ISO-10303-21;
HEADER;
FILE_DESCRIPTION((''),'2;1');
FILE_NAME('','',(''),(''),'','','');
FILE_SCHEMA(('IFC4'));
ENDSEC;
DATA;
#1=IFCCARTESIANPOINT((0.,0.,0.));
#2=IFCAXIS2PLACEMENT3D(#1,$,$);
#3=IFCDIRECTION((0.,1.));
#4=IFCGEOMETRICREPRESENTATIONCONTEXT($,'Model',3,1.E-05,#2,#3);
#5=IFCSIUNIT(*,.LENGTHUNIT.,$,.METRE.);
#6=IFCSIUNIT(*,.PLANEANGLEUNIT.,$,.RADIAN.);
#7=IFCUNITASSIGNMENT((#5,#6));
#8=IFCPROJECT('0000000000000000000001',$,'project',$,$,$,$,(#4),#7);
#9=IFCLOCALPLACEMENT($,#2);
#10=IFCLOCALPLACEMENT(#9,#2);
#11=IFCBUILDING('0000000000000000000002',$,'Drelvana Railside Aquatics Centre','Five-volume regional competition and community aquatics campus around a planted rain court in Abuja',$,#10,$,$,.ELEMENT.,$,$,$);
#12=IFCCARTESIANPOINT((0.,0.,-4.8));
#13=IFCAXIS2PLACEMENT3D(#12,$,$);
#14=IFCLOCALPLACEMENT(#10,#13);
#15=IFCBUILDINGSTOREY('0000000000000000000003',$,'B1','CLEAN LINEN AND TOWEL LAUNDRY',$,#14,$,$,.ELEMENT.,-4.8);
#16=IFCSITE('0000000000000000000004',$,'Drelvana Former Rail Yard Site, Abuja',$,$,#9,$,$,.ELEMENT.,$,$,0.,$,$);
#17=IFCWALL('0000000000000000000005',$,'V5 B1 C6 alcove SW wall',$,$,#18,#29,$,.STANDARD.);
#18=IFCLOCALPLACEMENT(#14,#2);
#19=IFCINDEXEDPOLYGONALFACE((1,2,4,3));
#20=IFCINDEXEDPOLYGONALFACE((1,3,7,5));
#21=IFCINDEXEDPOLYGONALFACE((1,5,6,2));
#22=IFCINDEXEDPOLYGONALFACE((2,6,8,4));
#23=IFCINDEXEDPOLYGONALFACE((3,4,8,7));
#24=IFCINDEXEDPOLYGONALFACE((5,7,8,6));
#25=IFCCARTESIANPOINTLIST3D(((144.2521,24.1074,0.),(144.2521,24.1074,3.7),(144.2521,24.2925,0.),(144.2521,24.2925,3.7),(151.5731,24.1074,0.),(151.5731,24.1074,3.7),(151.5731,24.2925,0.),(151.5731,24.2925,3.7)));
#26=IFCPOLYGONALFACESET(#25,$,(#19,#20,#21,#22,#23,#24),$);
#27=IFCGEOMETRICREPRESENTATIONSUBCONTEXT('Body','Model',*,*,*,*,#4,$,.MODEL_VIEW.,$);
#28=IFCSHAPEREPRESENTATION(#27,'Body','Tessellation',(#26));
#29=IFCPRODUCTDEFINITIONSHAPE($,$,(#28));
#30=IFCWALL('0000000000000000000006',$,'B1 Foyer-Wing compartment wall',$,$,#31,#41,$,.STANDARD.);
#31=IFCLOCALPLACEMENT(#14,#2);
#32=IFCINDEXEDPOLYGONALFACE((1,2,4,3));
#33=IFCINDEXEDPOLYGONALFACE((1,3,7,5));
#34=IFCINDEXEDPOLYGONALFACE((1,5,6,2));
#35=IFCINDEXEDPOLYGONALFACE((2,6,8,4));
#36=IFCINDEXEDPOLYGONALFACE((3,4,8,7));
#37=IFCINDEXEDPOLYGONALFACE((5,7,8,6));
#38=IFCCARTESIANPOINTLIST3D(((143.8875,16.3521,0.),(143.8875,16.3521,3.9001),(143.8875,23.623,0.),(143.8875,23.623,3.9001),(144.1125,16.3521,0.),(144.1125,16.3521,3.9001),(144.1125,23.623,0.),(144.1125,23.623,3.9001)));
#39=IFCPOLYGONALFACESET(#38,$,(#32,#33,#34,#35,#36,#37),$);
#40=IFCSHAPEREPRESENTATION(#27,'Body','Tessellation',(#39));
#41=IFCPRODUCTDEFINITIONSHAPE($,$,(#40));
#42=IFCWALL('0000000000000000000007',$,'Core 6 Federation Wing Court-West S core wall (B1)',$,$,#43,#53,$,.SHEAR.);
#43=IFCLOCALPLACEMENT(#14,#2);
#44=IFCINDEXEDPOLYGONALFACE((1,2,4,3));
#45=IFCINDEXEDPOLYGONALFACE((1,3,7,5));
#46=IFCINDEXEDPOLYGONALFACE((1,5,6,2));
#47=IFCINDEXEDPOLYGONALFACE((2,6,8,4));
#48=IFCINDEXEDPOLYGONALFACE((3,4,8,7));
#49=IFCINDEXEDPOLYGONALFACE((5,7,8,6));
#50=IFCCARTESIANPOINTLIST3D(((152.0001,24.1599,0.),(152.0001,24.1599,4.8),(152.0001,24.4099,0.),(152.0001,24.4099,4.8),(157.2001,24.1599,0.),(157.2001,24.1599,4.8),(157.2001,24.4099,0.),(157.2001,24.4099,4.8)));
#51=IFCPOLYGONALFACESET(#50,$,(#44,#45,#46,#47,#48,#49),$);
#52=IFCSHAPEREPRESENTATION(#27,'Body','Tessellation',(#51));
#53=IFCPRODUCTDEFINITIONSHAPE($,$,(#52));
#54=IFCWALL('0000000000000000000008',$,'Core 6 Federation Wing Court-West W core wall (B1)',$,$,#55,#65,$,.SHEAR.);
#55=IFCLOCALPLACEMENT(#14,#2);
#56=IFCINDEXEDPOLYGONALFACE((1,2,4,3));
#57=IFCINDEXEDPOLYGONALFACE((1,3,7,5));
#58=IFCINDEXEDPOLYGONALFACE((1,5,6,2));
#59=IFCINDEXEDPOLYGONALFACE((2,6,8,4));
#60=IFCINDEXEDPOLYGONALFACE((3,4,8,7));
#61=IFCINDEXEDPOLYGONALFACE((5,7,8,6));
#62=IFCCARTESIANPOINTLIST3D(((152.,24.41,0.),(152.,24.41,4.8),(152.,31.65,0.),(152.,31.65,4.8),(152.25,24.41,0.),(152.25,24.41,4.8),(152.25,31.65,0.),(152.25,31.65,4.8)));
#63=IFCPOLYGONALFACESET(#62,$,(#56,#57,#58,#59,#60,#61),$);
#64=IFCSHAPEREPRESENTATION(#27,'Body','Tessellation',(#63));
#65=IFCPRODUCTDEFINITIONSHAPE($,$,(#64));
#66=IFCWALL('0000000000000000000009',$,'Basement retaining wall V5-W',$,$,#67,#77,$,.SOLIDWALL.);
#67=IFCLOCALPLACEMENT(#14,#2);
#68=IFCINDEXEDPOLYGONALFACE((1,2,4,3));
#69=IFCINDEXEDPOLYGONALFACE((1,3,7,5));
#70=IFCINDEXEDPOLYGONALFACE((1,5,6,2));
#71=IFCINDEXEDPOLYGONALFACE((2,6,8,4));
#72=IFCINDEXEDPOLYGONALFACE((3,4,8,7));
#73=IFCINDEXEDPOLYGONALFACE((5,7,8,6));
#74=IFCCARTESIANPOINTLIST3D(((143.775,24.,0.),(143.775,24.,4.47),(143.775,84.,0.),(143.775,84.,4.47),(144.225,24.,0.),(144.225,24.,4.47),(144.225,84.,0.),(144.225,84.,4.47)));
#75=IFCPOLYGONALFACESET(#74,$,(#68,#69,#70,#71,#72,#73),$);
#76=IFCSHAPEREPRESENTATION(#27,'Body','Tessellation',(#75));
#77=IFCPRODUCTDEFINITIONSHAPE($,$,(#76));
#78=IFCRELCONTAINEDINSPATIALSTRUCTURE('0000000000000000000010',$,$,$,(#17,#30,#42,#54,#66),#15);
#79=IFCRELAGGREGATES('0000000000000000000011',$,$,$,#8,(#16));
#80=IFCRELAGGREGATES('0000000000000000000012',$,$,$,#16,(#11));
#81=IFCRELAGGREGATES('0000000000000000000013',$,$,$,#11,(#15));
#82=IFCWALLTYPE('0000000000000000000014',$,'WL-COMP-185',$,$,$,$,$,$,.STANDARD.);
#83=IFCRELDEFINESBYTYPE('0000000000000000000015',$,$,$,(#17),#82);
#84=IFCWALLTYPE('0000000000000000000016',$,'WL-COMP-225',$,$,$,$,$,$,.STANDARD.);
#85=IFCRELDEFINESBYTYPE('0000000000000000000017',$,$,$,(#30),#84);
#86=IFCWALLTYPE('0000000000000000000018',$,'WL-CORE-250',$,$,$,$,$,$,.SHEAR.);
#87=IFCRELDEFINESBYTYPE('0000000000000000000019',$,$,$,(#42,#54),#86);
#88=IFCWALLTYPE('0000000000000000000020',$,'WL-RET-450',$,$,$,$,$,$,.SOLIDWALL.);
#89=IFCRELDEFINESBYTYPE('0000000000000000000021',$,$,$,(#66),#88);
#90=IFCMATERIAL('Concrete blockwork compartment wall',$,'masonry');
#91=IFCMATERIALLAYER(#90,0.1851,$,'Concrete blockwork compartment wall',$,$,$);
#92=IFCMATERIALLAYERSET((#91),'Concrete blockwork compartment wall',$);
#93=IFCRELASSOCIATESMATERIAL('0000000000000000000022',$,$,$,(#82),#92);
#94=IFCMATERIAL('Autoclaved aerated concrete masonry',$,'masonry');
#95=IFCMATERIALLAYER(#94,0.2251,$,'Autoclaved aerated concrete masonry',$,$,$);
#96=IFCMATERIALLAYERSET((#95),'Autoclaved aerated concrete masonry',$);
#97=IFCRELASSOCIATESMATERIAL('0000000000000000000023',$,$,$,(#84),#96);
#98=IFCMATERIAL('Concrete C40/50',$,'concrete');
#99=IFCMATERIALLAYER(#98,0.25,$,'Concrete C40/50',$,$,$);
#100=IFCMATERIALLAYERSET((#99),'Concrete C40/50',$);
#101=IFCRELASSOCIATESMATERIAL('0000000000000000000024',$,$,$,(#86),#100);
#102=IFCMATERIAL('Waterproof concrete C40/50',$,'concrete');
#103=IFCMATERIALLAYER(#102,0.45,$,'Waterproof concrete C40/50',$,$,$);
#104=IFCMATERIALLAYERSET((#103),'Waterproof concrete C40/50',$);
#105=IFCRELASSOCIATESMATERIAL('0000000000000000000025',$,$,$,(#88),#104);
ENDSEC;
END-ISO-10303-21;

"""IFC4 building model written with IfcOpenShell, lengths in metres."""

from ifc_helpers import new_model, si_unit, direction, frame, frame_2d, origin, place, context, subcontext, project, spatial, rectangle, extrude, material, layer, layer_set, type_object, element, save


model = new_model("IFC4")

# Units and contexts
model_context = context("Model", 3, precision=1e-05, world=origin(), true_north=direction((0.0, 1.0)))
body_context = subcontext(model_context, "Body", "Model", "MODEL_VIEW")
ifc_project = project(units=[si_unit("LENGTHUNIT", "METRE"), si_unit("PLANEANGLEUNIT", "RADIAN")], contexts=[model_context])

# Site, building, storey
site_placement = place(None, origin())
site = spatial("IfcSite", under=ifc_project, at=site_placement, Name="Drelvana Former Rail Yard Site, Abuja", CompositionType="ELEMENT", RefElevation=0.0)
building_placement = place(site_placement, origin())
building = spatial("IfcBuilding", under=site, at=building_placement, Name="Drelvana Railside Aquatics Centre", Description="Five-volume regional competition and community aquatics campus around a planted rain court in Abuja", CompositionType="ELEMENT")
storey_placement = place(building_placement, frame((0.0, 0.0, -4.8)))
storey = spatial("IfcBuildingStorey", under=building, at=storey_placement, Name="B1", Description="CLEAN LINEN AND TOWEL LAUNDRY", CompositionType="ELEMENT", Elevation=-4.8)

# Shared definitions
ifc_material_1 = material(Name="Concrete C40/50", Category="concrete")

# Walls
ifc_material_2 = material(Name="Concrete blockwork compartment wall", Category="masonry")
ifc_layer_1 = layer(ifc_material_2, 0.1851, Name="Concrete blockwork compartment wall")
ifc_layer_set_1 = layer_set([ifc_layer_1], Name="Concrete blockwork compartment wall")
wall_type_1 = type_object("IfcWallType", Name="WL-COMP-185", PredefinedType="STANDARD", material=ifc_layer_set_1)
wall_1_placement = place(storey_placement, frame((144.252, 24.2, 0.0), z_axis=(0.0, 0.0, 1.0), x_axis=(1.0, 0.0, 0.0)))
element("IfcWall", 1, at=wall_1_placement, inside=storey, type_object=wall_type_1, Name="V5 B1 C6 alcove SW wall", PredefinedType="STANDARD", context=body_context, shape_type="SweptSolid", body=[
    extrude(rectangle(XDim=7.321, YDim=0.1851, at=frame_2d((3.6606, 0.0))), origin(), (0.0, 0.0, 1.0), 3.7),
])
ifc_material_3 = material(Name="Autoclaved aerated concrete masonry", Category="masonry")
ifc_layer_2 = layer(ifc_material_3, 0.2251, Name="Autoclaved aerated concrete masonry")
ifc_layer_set_2 = layer_set([ifc_layer_2], Name="Autoclaved aerated concrete masonry")
wall_type_2 = type_object("IfcWallType", Name="WL-COMP-225", PredefinedType="STANDARD", material=ifc_layer_set_2)
wall_2_placement = place(storey_placement, frame((144.0, 16.3521, 0.0), z_axis=(0.0, 0.0, 1.0), x_axis=(0.0, 1.0, 0.0)))
element("IfcWall", 2, at=wall_2_placement, inside=storey, type_object=wall_type_2, Name="B1 Foyer-Wing compartment wall", PredefinedType="STANDARD", context=body_context, shape_type="SweptSolid", body=[
    extrude(rectangle(XDim=7.271, YDim=0.2251, at=frame_2d((3.6355, 0.0))), origin(), (0.0, 0.0, 1.0), 3.9001),
])
ifc_layer_3 = layer(ifc_material_1, 0.25, Name="Concrete C40/50")
ifc_layer_set_3 = layer_set([ifc_layer_3], Name="Concrete C40/50")
wall_type_3 = type_object("IfcWallType", Name="WL-CORE-250", PredefinedType="SHEAR", material=ifc_layer_set_3)
wall_3_placement = place(storey_placement, frame((152.0, 24.2849, 0.0), z_axis=(0.0, 0.0, 1.0), x_axis=(1.0, 0.0, 0.0)))
element("IfcWall", 3, at=wall_3_placement, inside=storey, type_object=wall_type_3, Name="Core 6 Federation Wing Court-West S core wall (B1)", PredefinedType="SHEAR", context=body_context, shape_type="SweptSolid", body=[
    extrude(rectangle(XDim=5.2, YDim=0.25, at=frame_2d((2.6001, 0.0))), origin(), (0.0, 0.0, 1.0), 4.8),
])
wall_4_placement = place(storey_placement, frame((152.125, 24.4099, 0.0), z_axis=(0.0, 0.0, 1.0), x_axis=(0.0, 1.0, 0.0)))
element("IfcWall", 4, at=wall_4_placement, inside=storey, type_object=wall_type_3, Name="Core 6 Federation Wing Court-West W core wall (B1)", PredefinedType="SHEAR", context=body_context, shape_type="SweptSolid", body=[
    extrude(rectangle(XDim=7.24, YDim=0.25, at=frame_2d((3.6201, 0.0))), origin(), (0.0, 0.0, 1.0), 4.8),
])
ifc_material_4 = material(Name="Waterproof concrete C40/50", Category="concrete")
ifc_layer_4 = layer(ifc_material_4, 0.45, Name="Waterproof concrete C40/50")
ifc_layer_set_4 = layer_set([ifc_layer_4], Name="Waterproof concrete C40/50")
wall_type_4 = type_object("IfcWallType", Name="WL-RET-450", PredefinedType="SOLIDWALL", material=ifc_layer_set_4)
wall_5_placement = place(storey_placement, frame((144.0, 24.0, 0.0), z_axis=(0.0, 0.0, 1.0), x_axis=(0.0, 1.0, 0.0)))
element("IfcWall", 5, at=wall_5_placement, inside=storey, type_object=wall_type_4, Name="Basement retaining wall V5-W", PredefinedType="SOLIDWALL", context=body_context, shape_type="SweptSolid", body=[
    extrude(rectangle(XDim=60.0, YDim=0.45, at=frame_2d((30.0, 0.0))), origin(), (0.0, 0.0, 1.0), 4.47),
])

save(model, "model.ifc")
